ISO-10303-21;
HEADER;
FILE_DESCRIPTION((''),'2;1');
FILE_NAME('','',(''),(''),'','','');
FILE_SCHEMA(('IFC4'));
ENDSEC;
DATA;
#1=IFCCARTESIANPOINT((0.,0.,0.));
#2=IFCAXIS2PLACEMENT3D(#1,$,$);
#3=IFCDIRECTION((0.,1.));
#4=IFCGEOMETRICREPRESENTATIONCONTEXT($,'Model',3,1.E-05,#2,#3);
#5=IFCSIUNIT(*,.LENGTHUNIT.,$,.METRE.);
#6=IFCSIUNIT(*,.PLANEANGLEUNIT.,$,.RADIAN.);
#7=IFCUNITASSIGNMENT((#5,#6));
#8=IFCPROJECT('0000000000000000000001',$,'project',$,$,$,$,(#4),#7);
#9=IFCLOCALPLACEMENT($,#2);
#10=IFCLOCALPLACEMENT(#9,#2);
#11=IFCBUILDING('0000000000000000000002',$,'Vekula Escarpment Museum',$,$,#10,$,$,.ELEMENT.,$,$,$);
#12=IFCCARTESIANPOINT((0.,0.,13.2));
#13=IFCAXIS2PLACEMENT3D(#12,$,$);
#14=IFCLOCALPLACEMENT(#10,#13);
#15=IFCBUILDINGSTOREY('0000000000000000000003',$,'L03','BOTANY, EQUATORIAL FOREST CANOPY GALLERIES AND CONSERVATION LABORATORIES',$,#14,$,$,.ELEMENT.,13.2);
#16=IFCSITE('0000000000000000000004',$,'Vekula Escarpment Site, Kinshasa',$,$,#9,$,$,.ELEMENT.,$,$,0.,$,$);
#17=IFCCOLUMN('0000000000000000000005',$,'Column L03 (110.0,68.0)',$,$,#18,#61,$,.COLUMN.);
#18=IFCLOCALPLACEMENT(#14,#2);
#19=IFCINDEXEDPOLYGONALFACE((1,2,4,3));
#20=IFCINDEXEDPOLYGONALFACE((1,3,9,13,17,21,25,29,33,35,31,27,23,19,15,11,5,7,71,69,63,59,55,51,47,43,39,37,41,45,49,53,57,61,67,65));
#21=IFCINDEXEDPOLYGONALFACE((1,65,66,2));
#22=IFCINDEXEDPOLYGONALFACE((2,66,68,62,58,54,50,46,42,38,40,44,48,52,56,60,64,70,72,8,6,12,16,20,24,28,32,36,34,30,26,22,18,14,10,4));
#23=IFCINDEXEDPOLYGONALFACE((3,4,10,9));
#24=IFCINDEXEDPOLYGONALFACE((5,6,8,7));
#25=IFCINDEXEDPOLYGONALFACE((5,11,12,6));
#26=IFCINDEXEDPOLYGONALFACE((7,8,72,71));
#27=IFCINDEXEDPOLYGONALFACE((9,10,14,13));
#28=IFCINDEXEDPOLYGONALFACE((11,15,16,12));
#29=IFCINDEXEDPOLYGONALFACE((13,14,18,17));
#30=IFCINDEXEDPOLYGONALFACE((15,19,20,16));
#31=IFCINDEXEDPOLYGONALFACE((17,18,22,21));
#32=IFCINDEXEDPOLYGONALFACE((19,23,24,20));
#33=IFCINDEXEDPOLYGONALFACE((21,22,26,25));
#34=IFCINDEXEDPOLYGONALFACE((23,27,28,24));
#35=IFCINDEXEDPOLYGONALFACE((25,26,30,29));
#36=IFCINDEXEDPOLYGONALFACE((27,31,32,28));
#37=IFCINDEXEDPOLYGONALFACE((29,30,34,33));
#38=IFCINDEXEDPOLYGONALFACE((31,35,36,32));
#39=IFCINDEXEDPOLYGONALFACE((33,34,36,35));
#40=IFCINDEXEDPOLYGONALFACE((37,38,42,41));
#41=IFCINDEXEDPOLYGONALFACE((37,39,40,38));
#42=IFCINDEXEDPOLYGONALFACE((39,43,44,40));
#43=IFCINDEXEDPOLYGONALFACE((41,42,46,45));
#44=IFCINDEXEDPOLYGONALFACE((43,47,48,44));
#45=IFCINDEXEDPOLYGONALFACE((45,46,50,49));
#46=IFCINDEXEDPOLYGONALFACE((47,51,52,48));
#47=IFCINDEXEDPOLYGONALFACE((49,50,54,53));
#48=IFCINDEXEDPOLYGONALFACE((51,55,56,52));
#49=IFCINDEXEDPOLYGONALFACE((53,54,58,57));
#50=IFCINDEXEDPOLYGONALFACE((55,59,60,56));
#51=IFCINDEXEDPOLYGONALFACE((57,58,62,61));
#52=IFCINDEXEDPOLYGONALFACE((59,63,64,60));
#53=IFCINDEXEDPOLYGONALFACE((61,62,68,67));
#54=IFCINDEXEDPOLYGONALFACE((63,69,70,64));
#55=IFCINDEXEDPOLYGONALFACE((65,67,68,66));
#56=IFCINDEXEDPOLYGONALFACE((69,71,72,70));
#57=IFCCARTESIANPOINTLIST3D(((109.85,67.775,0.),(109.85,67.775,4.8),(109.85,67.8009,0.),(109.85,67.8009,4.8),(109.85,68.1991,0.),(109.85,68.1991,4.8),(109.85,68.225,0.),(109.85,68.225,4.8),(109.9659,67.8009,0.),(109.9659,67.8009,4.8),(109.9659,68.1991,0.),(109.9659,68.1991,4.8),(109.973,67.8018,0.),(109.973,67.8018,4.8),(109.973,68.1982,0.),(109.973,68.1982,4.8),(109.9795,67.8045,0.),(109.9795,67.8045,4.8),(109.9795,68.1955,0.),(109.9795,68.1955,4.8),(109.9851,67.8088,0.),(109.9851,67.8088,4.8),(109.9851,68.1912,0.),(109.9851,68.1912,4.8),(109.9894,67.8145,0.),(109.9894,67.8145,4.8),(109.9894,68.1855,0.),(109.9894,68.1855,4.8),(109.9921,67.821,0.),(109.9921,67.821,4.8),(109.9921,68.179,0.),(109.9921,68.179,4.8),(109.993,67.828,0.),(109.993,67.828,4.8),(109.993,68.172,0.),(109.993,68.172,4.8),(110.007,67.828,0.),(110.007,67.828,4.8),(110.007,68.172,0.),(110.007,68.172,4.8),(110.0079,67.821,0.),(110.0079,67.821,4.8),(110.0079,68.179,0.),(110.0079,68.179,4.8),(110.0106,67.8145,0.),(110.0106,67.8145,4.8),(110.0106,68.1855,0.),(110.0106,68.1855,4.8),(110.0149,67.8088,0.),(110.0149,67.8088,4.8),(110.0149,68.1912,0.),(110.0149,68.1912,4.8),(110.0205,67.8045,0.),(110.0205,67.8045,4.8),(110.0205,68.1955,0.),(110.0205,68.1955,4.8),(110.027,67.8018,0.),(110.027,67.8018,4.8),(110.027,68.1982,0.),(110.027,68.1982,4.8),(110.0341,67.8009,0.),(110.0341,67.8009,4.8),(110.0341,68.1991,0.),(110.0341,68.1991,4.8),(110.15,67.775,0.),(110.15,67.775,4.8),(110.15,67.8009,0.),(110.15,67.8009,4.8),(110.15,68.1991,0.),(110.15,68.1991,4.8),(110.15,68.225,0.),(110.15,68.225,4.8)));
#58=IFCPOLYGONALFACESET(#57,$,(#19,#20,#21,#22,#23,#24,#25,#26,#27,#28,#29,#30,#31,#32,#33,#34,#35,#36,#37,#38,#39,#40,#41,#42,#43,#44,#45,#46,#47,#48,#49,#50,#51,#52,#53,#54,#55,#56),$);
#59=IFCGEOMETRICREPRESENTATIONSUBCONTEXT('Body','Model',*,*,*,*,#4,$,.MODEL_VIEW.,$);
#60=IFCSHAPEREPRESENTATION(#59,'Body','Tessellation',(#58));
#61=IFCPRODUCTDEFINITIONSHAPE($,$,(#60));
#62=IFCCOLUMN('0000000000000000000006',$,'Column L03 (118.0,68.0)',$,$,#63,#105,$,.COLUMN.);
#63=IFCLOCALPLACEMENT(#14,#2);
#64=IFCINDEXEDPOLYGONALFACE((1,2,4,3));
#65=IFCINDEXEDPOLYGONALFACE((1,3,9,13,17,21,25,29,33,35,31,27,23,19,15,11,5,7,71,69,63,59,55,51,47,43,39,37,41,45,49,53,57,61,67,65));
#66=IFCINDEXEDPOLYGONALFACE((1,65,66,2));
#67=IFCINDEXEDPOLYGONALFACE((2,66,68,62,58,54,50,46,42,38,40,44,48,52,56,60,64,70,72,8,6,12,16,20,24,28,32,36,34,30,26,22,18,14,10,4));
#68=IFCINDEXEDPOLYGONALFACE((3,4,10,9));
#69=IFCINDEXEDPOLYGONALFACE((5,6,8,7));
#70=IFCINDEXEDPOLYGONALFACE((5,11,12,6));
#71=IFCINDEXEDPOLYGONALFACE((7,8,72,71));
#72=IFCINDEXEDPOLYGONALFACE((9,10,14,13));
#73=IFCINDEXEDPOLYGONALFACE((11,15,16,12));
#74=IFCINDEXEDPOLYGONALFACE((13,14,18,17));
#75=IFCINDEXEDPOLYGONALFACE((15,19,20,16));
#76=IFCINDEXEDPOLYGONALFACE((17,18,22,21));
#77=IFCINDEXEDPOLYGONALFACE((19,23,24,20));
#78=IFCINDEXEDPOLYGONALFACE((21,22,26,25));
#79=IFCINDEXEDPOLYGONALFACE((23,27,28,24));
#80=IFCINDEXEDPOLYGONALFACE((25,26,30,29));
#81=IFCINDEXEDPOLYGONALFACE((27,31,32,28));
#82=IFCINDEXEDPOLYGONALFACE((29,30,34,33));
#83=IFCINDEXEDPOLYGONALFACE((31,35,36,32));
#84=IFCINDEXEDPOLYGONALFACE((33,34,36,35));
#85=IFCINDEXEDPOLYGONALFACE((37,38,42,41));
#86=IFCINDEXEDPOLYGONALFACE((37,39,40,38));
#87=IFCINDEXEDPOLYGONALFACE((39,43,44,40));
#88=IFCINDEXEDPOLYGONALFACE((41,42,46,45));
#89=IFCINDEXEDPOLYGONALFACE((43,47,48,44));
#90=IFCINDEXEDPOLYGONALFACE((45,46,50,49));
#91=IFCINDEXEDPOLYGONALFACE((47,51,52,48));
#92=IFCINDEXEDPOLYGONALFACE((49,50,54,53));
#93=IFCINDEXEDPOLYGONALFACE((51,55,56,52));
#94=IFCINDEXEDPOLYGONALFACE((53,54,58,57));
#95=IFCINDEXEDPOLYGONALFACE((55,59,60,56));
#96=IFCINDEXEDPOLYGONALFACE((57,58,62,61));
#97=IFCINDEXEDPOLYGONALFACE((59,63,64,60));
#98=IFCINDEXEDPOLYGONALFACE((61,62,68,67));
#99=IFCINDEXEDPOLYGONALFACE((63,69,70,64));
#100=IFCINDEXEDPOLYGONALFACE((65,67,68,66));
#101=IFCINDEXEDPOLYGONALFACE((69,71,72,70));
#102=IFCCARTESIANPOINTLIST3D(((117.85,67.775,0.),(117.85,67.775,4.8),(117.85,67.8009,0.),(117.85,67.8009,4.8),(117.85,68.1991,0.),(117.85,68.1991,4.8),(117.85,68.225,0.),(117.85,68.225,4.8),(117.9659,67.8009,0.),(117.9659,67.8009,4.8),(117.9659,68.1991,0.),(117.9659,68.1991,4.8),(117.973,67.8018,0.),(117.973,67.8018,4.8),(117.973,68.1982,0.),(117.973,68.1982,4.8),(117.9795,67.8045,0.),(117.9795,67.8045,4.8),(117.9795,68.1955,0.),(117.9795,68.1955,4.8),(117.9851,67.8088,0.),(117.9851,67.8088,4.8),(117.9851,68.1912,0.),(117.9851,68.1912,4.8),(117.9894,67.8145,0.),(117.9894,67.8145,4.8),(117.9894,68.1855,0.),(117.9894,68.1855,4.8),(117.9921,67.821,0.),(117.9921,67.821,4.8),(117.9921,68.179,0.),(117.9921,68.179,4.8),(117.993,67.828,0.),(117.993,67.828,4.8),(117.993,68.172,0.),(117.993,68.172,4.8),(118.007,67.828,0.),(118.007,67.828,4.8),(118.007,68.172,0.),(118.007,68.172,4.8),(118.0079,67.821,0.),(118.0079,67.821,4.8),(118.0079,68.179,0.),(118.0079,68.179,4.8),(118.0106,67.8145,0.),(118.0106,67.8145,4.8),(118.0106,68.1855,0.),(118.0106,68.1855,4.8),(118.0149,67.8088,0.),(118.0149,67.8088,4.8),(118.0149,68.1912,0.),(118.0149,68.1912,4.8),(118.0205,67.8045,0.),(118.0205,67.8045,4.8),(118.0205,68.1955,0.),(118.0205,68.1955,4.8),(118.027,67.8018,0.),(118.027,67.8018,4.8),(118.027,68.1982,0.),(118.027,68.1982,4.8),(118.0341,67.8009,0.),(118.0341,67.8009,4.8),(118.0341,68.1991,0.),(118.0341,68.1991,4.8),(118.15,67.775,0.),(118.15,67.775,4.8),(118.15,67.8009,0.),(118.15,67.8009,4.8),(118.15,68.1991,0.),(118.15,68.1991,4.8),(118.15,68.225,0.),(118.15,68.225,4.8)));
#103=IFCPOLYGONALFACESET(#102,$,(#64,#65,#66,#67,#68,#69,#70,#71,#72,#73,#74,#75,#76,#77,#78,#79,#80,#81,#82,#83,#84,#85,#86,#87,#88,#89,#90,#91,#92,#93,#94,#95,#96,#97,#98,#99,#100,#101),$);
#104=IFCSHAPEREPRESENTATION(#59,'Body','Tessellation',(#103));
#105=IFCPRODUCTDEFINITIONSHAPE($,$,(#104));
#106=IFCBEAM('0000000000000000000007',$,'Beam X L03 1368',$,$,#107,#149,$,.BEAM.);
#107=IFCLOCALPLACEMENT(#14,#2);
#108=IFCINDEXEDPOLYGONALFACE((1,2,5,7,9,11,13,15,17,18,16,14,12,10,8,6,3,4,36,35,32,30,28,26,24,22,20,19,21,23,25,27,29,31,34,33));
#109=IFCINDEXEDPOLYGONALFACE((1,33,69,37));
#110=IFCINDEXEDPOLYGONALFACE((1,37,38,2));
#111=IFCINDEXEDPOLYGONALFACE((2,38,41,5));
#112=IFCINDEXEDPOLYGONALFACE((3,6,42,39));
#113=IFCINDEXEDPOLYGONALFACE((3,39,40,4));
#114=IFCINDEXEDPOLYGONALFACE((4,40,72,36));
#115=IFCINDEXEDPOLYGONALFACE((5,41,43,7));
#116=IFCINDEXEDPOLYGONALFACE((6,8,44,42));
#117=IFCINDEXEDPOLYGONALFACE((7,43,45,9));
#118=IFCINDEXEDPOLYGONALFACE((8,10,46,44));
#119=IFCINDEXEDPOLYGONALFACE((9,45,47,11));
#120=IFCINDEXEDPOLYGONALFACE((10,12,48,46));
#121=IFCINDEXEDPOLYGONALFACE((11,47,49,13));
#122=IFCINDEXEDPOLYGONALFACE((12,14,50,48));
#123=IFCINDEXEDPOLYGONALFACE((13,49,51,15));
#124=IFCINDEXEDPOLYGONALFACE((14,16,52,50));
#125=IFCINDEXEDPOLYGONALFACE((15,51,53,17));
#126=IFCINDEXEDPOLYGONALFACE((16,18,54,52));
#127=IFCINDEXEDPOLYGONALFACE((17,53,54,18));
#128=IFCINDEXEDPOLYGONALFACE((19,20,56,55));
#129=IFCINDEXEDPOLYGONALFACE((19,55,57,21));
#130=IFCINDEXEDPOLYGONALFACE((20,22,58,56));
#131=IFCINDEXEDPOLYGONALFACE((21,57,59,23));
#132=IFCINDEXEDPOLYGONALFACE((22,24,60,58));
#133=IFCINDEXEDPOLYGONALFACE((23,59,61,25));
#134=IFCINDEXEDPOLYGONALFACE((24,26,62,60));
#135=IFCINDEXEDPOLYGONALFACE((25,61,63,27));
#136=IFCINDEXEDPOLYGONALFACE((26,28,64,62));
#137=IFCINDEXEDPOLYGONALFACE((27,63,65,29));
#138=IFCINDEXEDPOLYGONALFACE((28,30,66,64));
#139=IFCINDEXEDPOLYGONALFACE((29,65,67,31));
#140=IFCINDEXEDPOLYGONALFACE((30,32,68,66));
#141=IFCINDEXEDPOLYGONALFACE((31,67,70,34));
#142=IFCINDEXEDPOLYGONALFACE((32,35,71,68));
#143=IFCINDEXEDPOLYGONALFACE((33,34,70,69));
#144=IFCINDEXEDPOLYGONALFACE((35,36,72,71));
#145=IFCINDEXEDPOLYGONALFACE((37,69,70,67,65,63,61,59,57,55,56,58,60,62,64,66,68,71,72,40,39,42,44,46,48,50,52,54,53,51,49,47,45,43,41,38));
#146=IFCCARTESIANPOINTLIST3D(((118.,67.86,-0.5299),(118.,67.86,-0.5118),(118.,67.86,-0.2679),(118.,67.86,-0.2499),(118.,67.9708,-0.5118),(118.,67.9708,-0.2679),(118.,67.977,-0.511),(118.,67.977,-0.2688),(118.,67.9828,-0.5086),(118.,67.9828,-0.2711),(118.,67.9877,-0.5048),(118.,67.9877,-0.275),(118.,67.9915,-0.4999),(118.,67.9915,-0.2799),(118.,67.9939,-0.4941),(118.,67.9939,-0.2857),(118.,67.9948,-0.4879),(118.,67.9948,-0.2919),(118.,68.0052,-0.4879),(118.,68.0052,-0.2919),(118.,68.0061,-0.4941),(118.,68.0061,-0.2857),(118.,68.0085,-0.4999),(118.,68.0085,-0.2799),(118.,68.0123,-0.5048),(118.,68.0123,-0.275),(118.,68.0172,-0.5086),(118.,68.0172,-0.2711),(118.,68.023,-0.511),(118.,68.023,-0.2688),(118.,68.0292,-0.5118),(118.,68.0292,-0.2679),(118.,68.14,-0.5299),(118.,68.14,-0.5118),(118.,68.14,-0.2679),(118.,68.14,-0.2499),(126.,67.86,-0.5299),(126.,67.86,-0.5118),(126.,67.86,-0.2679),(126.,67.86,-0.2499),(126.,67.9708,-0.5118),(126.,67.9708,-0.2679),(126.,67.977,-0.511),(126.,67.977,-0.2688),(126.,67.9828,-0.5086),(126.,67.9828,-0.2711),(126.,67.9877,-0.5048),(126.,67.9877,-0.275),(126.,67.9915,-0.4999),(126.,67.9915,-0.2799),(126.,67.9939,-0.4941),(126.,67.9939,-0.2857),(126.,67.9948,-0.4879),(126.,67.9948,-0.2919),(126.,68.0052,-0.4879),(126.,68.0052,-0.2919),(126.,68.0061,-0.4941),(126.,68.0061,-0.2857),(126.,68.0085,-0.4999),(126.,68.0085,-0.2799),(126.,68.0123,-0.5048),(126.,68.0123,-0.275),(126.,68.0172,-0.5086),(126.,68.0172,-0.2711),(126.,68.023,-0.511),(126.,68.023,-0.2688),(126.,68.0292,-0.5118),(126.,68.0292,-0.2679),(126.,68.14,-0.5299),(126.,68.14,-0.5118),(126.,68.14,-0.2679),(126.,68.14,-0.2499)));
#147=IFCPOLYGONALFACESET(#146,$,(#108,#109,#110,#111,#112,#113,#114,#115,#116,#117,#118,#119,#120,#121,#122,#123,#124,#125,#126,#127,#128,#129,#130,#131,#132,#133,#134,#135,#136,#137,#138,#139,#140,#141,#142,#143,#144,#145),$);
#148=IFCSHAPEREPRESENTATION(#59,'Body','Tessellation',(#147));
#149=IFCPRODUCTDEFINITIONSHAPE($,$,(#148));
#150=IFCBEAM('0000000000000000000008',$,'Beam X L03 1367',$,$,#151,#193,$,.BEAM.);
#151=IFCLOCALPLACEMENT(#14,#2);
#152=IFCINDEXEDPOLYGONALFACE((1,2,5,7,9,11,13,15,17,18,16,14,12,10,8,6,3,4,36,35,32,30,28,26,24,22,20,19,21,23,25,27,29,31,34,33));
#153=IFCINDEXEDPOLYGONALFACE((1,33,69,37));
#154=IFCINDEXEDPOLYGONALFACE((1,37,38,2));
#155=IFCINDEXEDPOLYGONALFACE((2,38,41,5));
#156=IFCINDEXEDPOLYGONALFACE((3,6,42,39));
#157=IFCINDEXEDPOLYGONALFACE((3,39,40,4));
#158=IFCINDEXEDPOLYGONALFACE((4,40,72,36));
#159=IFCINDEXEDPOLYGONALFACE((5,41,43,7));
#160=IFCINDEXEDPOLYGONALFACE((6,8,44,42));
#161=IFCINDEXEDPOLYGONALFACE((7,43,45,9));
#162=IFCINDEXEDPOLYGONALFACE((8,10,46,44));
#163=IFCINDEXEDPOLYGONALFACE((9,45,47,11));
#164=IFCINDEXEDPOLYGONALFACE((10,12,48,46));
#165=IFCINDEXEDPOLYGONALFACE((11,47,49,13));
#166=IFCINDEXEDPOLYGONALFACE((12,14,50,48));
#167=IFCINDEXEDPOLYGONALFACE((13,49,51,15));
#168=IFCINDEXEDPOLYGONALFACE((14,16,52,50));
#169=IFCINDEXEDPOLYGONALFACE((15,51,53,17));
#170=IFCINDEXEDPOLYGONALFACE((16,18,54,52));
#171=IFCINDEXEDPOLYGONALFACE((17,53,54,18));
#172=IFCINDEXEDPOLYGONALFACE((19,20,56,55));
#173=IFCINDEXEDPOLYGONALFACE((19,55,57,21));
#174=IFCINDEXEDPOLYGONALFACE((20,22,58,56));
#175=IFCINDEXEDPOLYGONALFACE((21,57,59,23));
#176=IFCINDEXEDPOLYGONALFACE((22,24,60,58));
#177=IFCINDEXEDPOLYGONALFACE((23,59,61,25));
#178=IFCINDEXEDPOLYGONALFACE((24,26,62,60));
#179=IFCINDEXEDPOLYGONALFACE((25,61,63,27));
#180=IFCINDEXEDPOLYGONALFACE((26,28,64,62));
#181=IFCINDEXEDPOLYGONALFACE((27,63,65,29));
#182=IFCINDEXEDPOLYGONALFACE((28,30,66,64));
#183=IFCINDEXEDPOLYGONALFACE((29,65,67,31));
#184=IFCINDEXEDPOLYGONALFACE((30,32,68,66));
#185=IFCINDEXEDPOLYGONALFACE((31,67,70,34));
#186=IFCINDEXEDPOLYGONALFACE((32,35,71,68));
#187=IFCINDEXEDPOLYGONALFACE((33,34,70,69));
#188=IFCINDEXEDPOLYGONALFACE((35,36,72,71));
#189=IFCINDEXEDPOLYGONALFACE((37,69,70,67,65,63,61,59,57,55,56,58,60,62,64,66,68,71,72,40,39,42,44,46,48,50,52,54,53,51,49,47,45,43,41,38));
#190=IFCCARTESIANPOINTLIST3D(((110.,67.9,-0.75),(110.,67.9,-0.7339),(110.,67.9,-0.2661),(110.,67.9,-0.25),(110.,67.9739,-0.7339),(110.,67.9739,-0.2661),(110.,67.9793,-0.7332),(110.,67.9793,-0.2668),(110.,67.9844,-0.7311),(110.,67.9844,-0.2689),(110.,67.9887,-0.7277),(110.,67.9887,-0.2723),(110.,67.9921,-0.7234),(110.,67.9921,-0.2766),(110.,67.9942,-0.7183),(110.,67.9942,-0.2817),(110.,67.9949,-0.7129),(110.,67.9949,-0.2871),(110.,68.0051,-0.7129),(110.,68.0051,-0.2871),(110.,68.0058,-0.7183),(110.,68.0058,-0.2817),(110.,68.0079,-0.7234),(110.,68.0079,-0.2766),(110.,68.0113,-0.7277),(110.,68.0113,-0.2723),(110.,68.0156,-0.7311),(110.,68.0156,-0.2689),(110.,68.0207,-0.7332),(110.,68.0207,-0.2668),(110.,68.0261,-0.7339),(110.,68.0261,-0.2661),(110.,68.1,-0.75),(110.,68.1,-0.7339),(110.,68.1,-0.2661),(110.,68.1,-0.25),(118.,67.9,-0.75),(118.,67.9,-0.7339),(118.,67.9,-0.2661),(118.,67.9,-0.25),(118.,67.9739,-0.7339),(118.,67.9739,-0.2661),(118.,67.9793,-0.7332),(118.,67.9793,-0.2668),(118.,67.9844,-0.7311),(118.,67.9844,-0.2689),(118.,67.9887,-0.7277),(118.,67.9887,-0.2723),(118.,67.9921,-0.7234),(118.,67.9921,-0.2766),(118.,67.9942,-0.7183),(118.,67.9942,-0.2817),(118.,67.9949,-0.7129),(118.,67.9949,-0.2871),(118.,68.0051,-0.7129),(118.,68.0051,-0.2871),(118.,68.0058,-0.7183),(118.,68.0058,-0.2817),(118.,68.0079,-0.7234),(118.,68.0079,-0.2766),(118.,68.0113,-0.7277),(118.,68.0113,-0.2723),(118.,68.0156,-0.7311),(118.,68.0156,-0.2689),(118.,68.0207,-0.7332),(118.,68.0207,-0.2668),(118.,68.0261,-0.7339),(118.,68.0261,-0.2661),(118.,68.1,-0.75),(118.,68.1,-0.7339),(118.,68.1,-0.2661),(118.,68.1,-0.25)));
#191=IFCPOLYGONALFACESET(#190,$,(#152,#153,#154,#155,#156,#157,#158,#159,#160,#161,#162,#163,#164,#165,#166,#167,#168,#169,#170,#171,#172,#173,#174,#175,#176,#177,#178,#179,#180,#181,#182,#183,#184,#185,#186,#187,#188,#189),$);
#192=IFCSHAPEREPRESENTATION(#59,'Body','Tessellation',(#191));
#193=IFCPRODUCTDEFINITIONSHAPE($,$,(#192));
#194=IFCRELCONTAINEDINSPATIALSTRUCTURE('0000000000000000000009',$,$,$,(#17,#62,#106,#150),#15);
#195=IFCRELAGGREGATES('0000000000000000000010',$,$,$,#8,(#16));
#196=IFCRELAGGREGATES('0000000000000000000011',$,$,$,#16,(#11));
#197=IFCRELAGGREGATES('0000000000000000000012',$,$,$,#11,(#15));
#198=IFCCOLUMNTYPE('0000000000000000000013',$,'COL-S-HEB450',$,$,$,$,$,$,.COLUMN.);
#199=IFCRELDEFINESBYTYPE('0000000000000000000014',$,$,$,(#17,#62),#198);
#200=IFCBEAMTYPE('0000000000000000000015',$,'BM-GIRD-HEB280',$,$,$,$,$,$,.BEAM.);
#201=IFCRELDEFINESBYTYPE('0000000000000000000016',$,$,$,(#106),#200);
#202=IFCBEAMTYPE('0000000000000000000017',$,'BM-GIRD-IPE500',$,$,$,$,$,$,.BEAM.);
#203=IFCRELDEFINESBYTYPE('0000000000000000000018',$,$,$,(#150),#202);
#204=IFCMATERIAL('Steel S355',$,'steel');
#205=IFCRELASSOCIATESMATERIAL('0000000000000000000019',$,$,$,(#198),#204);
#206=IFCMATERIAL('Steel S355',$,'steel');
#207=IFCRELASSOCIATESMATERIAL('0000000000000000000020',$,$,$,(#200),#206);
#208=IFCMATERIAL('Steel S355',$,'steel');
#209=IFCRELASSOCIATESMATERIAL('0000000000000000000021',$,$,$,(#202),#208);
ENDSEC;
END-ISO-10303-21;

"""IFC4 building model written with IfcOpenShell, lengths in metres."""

from ifc_helpers import new_model, si_unit, direction, frame, origin, origin_2d, place, context, subcontext, project, spatial, i_section, extrude, material, material_profile, profile_set, type_object, element, save


model = new_model("IFC4")

# Units and contexts
model_context = context("Model", 3, precision=1e-05, world=origin(), true_north=direction((0.0, 1.0)))
body_context = subcontext(model_context, "Body", "Model", "MODEL_VIEW")
ifc_project = project(units=[si_unit("LENGTHUNIT", "METRE"), si_unit("PLANEANGLEUNIT", "RADIAN")], contexts=[model_context])

# Site, building, storey
site_placement = place(None, origin())
site = spatial("IfcSite", under=ifc_project, at=site_placement, Name="Vekula Escarpment Site, Kinshasa", CompositionType="ELEMENT", RefElevation=0.0)
building_placement = place(site_placement, origin())
building = spatial("IfcBuilding", under=site, at=building_placement, Name="Vekula Escarpment Museum", CompositionType="ELEMENT")
storey_placement = place(building_placement, frame((0.0, 0.0, 13.2)))
storey = spatial("IfcBuildingStorey", under=building, at=storey_placement, Name="L03", Description="BOTANY, EQUATORIAL FOREST CANOPY GALLERIES AND CONSERVATION LABORATORIES", CompositionType="ELEMENT", Elevation=13.2)

# Columns
ifc_material_1 = material(Name="Steel S355", Category="steel")
ifc_material_profile_1 = material_profile(ifc_material_1, i_section(OverallWidth=0.3, OverallDepth=0.45, WebThickness=0.0139, FlangeThickness=0.0259, FilletRadius=0.0271, at=origin_2d()), Name="HEB 450")
ifc_profile_set_1 = profile_set([ifc_material_profile_1], Name="Steel S355")
column_type = type_object("IfcColumnType", Name="COL-S-HEB450", PredefinedType="COLUMN", material=ifc_profile_set_1)
for number, where, z_axis, x_axis, name in (
    (1, (110.0, 68.0, 0.0), (0.0, 0.0, 1.0), (1.0, 0.0, 0.0), "Column L03 (110.0,68.0)"),
    (2, (118.0, 68.0, 0.0), (0.0, 0.0, 1.0), (1.0, 0.0, 0.0), "Column L03 (118.0,68.0)"),
):
    element("IfcColumn", number, at=place(storey_placement, frame(where, z_axis=z_axis, x_axis=x_axis)), inside=storey, type_object=column_type, Name=name, PredefinedType="COLUMN", context=body_context, shape_type="SweptSolid", body=[
        extrude(i_section(OverallWidth=0.3, OverallDepth=0.45, WebThickness=0.0139, FlangeThickness=0.0259, FilletRadius=0.0271, at=origin_2d()), origin(), (0.0, 0.0, 1.0), 4.8),
    ])

# Beams
ifc_material_2 = material(Name="Steel S355", Category="steel")
ifc_material_profile_2 = material_profile(ifc_material_2, i_section(OverallWidth=0.28, OverallDepth=0.28, WebThickness=0.0105, FlangeThickness=0.0181, FilletRadius=0.0239, at=origin_2d()), Name="HEB 280")
ifc_profile_set_2 = profile_set([ifc_material_profile_2], Name="Steel S355")
beam_type_1 = type_object("IfcBeamType", Name="BM-GIRD-HEB280", PredefinedType="BEAM", material=ifc_profile_set_2)
beam_1_placement = place(storey_placement, frame((118.0, 68.0, -0.3899), z_axis=(1.0, 0.0, 0.0), x_axis=(0.0, 1.0, 0.0)))
element("IfcBeam", 3, at=beam_1_placement, inside=storey, type_object=beam_type_1, Name="Beam X L03 1368", PredefinedType="BEAM", context=body_context, shape_type="SweptSolid", body=[
    extrude(i_section(OverallWidth=0.28, OverallDepth=0.28, WebThickness=0.0105, FlangeThickness=0.0181, FilletRadius=0.0239, at=origin_2d()), origin(), (0.0, 0.0, 1.0), 8.0),
])
ifc_material_3 = material(Name="Steel S355", Category="steel")
ifc_material_profile_3 = material_profile(ifc_material_3, i_section(OverallWidth=0.2, OverallDepth=0.5, WebThickness=0.0103, FlangeThickness=0.0161, FilletRadius=0.021, at=origin_2d()), Name="IPE 500")
ifc_profile_set_3 = profile_set([ifc_material_profile_3], Name="Steel S355")
beam_type_2 = type_object("IfcBeamType", Name="BM-GIRD-IPE500", PredefinedType="BEAM", material=ifc_profile_set_3)
beam_2_placement = place(storey_placement, frame((110.0, 68.0, -0.5), z_axis=(1.0, 0.0, 0.0), x_axis=(0.0, 1.0, 0.0)))
element("IfcBeam", 4, at=beam_2_placement, inside=storey, type_object=beam_type_2, Name="Beam X L03 1367", PredefinedType="BEAM", context=body_context, shape_type="SweptSolid", body=[
    extrude(i_section(OverallWidth=0.2, OverallDepth=0.5, WebThickness=0.0103, FlangeThickness=0.0161, FilletRadius=0.021, at=origin_2d()), origin(), (0.0, 0.0, 1.0), 8.0),
])

save(model, "model.ifc")
